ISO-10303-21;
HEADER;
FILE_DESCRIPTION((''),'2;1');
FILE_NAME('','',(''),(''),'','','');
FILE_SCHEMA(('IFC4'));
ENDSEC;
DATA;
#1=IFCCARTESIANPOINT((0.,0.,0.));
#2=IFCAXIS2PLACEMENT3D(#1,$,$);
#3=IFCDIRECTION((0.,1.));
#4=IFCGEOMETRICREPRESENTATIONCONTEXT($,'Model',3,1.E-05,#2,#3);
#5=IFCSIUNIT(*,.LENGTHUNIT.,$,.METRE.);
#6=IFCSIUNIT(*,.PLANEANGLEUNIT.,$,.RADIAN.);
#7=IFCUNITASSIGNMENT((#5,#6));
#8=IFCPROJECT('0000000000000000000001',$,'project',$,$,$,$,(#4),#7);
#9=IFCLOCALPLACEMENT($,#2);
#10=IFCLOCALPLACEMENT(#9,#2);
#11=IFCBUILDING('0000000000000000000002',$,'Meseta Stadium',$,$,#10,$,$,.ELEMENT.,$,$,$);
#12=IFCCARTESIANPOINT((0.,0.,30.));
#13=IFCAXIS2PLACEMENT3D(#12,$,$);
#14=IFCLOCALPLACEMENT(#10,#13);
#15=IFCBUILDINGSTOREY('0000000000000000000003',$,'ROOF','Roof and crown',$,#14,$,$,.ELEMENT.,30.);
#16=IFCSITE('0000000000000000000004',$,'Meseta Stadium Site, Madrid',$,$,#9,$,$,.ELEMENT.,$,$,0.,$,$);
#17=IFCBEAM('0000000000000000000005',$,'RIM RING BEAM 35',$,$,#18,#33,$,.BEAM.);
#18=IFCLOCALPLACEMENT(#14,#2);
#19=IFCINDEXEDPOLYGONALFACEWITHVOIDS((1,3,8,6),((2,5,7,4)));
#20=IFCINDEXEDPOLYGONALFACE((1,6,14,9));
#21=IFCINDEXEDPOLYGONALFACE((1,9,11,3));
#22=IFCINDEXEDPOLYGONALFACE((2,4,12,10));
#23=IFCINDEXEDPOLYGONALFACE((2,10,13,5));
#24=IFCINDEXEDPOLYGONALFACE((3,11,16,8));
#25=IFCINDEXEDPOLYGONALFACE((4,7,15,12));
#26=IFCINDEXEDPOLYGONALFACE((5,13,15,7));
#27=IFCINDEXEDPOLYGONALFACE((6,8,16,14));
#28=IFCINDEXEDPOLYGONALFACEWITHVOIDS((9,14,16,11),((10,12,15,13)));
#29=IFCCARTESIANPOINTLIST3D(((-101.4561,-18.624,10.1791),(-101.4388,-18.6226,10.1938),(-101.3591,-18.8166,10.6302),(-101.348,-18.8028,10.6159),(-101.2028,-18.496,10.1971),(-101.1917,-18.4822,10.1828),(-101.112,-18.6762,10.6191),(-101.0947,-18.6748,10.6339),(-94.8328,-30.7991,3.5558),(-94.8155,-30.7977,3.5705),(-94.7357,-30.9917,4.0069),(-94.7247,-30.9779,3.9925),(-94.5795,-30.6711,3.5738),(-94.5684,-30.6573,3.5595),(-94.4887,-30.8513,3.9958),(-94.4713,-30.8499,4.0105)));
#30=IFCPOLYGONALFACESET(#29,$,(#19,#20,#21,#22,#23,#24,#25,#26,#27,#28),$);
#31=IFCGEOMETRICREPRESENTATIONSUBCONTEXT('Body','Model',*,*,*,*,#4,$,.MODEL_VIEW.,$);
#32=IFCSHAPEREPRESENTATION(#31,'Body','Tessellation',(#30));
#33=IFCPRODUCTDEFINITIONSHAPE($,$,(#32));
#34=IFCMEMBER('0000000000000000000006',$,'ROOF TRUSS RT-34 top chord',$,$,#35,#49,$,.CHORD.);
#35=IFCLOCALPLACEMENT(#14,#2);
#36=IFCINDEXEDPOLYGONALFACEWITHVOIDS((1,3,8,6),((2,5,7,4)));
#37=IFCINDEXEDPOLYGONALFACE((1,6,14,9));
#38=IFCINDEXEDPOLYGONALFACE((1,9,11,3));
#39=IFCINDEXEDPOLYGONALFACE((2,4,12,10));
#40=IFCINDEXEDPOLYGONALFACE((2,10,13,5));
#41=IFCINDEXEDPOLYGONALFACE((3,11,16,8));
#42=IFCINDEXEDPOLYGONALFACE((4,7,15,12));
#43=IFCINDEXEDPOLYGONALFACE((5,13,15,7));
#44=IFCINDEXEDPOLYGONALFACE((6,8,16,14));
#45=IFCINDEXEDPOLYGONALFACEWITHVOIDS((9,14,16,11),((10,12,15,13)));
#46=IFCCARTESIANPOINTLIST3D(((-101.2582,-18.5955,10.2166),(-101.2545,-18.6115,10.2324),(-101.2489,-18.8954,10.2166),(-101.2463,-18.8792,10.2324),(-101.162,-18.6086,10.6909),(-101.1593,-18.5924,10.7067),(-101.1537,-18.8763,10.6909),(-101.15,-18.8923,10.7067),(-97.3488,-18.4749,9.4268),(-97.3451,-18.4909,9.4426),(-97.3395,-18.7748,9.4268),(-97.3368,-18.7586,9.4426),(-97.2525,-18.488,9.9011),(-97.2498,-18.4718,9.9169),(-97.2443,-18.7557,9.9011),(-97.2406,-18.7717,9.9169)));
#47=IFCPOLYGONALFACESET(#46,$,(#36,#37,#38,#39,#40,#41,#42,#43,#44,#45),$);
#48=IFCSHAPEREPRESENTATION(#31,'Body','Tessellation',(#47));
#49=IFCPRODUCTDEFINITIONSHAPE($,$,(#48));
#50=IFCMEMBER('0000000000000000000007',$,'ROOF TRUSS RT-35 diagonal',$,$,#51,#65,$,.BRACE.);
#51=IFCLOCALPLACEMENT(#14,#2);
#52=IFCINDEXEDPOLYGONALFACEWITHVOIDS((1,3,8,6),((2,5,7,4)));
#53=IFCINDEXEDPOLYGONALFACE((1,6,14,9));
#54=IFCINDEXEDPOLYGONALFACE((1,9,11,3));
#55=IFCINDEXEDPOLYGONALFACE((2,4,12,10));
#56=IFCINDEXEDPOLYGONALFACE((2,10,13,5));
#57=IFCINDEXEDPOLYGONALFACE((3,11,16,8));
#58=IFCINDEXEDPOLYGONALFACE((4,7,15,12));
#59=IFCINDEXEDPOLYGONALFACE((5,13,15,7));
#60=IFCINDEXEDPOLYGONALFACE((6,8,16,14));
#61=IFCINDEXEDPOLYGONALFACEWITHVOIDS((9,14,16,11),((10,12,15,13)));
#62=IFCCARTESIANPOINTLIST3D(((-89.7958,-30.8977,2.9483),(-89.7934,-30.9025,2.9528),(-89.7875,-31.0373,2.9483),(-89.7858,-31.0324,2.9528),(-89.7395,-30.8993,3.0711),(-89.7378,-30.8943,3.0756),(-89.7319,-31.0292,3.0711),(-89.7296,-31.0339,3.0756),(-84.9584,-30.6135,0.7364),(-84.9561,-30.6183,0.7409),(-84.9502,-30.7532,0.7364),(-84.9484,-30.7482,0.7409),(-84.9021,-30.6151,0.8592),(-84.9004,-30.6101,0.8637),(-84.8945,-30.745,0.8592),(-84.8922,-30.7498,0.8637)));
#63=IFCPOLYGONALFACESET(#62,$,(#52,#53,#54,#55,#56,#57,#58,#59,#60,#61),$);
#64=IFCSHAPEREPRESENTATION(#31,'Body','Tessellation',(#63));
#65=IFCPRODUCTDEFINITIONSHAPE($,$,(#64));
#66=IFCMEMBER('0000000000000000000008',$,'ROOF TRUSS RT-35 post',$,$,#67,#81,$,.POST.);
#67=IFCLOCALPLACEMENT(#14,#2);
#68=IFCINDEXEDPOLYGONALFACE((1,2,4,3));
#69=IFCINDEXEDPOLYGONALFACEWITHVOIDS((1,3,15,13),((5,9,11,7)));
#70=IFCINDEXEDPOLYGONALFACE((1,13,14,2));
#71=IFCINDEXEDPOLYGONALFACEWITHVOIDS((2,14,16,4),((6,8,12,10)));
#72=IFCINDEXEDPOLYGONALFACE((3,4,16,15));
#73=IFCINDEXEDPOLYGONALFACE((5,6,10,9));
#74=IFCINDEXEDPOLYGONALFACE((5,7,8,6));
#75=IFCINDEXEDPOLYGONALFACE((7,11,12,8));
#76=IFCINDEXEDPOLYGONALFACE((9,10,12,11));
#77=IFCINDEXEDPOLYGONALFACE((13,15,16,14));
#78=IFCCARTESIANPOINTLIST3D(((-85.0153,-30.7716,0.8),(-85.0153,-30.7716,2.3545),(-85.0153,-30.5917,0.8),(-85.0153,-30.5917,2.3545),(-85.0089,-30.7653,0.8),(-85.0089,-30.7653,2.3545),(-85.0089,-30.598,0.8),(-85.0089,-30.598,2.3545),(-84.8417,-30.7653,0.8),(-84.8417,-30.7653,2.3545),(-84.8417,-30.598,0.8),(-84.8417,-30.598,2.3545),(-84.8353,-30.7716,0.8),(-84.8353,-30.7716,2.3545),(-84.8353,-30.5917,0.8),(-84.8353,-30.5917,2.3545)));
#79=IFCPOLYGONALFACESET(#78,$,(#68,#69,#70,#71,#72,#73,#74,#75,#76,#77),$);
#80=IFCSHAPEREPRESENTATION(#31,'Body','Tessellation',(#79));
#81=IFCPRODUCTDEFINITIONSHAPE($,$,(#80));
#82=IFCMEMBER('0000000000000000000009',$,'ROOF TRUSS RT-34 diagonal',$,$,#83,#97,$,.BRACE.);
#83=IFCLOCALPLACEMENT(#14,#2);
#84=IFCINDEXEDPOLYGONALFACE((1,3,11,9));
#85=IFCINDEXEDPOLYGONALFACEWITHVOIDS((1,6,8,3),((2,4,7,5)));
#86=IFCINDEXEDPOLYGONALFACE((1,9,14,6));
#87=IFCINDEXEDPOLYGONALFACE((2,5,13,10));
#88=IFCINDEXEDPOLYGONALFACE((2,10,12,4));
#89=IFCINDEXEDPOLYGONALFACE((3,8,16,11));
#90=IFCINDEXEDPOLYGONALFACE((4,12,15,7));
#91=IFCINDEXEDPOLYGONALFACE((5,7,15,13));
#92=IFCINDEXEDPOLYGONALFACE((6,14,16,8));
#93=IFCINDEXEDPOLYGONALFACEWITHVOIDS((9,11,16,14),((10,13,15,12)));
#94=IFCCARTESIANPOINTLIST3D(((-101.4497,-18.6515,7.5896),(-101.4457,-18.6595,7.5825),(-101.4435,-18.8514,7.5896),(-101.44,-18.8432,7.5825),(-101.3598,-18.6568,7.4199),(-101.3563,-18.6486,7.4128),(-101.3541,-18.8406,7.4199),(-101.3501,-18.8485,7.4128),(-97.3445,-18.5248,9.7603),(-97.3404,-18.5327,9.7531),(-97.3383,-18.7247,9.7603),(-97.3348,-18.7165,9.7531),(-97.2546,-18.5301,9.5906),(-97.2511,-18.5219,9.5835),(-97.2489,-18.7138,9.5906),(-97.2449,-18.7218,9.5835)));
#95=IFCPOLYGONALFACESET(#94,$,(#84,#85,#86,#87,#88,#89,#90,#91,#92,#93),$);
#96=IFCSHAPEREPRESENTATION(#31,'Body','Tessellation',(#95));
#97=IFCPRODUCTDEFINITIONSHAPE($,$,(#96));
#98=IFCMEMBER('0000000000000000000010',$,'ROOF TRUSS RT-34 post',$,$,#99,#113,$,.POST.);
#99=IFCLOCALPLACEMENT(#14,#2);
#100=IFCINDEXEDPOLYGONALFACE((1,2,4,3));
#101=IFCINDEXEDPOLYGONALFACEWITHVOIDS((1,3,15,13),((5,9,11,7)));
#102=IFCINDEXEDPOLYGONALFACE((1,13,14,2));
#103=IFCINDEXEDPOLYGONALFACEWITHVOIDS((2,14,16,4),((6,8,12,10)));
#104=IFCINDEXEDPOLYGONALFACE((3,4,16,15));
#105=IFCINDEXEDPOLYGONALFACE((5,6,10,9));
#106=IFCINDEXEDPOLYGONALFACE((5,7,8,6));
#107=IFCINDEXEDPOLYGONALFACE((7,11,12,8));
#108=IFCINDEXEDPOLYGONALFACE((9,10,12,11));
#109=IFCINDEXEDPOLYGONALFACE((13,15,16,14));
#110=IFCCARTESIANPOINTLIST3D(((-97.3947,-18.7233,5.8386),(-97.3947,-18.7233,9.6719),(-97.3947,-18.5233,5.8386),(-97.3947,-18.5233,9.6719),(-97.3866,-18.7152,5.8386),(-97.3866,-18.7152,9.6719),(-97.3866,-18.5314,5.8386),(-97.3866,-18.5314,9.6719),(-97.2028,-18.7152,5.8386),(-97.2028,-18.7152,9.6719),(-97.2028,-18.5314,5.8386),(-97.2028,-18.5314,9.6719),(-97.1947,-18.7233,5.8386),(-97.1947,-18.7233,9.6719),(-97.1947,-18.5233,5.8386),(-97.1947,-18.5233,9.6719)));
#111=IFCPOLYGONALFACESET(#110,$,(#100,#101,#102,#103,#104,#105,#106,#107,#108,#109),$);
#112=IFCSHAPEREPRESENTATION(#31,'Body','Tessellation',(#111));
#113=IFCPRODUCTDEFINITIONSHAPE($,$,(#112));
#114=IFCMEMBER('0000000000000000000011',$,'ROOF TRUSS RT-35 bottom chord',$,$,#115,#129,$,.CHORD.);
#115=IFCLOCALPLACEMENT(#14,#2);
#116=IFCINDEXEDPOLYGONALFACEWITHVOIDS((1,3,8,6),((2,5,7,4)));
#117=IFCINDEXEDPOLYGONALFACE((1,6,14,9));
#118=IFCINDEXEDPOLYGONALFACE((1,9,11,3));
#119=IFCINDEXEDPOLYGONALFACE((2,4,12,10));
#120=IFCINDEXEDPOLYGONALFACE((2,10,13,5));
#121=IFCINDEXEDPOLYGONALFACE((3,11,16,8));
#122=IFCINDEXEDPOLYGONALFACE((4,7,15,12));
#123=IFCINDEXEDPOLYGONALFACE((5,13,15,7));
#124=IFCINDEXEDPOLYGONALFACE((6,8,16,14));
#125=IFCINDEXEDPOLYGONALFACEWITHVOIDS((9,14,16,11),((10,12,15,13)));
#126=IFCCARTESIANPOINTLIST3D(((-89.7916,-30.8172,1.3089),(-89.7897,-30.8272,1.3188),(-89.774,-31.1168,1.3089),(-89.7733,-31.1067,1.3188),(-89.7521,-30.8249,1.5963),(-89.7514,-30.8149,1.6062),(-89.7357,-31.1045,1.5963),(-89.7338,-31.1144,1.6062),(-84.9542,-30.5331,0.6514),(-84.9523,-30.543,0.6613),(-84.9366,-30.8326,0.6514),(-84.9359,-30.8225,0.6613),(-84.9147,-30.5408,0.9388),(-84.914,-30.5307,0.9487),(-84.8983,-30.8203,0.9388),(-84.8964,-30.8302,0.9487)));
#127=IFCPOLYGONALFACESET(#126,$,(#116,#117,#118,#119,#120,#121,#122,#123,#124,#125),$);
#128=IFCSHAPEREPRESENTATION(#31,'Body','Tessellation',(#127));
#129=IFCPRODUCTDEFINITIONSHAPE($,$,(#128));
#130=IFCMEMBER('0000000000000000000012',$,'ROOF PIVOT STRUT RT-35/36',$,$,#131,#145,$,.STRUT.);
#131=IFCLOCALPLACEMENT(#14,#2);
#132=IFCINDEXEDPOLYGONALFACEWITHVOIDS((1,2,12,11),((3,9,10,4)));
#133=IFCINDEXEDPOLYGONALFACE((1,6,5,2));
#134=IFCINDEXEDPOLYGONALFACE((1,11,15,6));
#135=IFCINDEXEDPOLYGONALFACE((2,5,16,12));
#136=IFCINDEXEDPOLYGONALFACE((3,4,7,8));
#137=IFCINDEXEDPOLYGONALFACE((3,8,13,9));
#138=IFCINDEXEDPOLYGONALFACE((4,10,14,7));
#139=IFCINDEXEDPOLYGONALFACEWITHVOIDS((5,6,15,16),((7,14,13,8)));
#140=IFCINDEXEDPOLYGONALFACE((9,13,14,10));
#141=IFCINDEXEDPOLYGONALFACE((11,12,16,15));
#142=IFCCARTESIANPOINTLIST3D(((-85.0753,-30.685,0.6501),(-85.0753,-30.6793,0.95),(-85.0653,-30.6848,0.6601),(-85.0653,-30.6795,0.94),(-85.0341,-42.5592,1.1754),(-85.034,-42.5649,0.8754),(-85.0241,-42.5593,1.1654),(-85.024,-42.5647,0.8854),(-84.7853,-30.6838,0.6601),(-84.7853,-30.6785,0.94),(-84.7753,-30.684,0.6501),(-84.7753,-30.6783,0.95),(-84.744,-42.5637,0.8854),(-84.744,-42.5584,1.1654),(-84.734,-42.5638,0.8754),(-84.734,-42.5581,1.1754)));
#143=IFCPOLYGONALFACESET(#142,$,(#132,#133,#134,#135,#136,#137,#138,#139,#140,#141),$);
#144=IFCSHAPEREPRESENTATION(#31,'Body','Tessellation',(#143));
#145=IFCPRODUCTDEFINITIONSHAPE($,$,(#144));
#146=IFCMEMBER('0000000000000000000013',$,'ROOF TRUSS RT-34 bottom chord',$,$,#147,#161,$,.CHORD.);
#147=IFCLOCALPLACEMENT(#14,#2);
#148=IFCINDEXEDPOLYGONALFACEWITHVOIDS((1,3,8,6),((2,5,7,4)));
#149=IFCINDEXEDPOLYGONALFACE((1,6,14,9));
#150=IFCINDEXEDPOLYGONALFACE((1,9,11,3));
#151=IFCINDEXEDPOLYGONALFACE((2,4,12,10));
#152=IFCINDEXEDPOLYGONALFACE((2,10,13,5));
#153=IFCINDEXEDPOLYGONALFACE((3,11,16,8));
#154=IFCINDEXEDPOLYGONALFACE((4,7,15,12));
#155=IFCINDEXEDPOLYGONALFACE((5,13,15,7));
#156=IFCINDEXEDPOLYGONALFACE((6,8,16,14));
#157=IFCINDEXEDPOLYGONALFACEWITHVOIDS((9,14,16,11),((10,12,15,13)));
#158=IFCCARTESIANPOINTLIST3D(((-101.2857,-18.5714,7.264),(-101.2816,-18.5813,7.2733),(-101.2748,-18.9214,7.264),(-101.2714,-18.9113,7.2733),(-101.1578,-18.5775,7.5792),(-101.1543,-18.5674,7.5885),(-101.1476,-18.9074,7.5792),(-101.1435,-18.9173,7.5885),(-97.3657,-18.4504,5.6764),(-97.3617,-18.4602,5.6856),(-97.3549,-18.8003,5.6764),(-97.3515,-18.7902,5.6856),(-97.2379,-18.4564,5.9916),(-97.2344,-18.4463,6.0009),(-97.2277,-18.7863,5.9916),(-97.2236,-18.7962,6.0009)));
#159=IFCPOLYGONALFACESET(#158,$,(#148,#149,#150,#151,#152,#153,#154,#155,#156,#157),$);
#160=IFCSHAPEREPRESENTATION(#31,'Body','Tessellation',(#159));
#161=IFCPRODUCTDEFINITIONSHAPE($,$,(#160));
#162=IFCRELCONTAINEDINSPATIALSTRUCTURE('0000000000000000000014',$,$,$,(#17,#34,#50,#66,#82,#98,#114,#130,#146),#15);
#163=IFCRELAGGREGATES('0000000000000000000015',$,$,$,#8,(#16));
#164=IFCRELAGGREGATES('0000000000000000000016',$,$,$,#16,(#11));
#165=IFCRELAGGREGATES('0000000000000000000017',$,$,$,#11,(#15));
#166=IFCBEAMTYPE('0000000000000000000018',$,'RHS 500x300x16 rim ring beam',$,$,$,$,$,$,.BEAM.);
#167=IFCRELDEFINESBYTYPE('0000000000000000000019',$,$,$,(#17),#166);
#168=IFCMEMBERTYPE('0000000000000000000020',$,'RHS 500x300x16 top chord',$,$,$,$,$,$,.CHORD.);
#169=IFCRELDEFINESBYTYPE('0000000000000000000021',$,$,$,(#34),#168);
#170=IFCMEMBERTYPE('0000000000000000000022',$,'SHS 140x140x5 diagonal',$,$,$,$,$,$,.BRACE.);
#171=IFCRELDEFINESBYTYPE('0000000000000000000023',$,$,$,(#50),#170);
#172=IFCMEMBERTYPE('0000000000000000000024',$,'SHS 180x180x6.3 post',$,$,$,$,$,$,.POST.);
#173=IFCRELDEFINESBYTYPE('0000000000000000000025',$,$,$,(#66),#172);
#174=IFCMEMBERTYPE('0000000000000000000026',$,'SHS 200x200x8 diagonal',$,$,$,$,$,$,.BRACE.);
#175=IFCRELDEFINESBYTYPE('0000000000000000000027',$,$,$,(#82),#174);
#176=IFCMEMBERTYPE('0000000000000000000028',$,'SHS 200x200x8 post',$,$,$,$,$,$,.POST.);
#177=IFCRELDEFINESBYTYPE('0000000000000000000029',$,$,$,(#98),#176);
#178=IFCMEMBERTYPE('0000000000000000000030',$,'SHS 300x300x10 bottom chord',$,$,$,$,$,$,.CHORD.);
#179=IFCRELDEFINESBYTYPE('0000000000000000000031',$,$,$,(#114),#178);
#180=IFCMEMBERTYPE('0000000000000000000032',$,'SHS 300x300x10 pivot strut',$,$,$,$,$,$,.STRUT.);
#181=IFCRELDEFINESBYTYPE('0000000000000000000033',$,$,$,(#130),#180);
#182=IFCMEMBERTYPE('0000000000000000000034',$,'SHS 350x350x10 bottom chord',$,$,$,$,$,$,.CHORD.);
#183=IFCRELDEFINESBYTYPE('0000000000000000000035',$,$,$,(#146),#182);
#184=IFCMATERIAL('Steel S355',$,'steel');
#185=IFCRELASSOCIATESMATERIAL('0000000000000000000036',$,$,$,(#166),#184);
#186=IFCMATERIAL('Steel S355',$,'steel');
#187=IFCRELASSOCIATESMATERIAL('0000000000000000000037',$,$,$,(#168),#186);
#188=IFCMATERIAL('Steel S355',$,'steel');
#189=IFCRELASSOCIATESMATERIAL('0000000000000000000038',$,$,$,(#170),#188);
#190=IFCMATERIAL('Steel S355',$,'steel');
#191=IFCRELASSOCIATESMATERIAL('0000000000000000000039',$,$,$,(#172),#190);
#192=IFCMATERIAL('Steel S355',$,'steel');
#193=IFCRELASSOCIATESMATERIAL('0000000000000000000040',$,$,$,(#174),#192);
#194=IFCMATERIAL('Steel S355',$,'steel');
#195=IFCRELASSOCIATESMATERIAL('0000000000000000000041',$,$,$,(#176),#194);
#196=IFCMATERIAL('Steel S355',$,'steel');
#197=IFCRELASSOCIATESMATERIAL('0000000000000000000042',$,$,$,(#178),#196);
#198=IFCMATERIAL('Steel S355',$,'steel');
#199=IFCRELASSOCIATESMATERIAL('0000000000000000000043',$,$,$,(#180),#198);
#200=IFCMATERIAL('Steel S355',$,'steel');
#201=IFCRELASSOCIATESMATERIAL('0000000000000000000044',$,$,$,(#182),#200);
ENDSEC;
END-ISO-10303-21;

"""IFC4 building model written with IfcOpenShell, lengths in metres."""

from ifc_helpers import new_model, si_unit, direction, frame, origin, origin_2d, place, context, subcontext, project, spatial, hollow_rectangle, extrude, material, material_profile, profile_set, type_object, element, save


model = new_model("IFC4")

# Units and contexts
model_context = context("Model", 3, precision=1e-05, world=origin(), true_north=direction((0.0, 1.0)))
body_context = subcontext(model_context, "Body", "Model", "MODEL_VIEW")
ifc_project = project(units=[si_unit("LENGTHUNIT", "METRE"), si_unit("PLANEANGLEUNIT", "RADIAN")], contexts=[model_context])

# Site, building, storey
site_placement = place(None, origin())
site = spatial("IfcSite", under=ifc_project, at=site_placement, Name="Meseta Stadium Site, Madrid", CompositionType="ELEMENT", RefElevation=0.0)
building_placement = place(site_placement, origin())
building = spatial("IfcBuilding", under=site, at=building_placement, Name="Meseta Stadium", CompositionType="ELEMENT")
storey_placement = place(building_placement, frame((0.0, 0.0, 30.0)))
storey = spatial("IfcBuildingStorey", under=building, at=storey_placement, Name="ROOF", Description="Roof and crown", CompositionType="ELEMENT", Elevation=30.0)

# Beam
ifc_material_1 = material(Name="Steel S355", Category="steel")
ifc_material_profile_1 = material_profile(ifc_material_1, hollow_rectangle(XDim=0.3, YDim=0.5, WallThickness=0.0161, at=origin_2d()), Name="RHS 500x300x16")
ifc_profile_set_1 = profile_set([ifc_material_profile_1], Name="Steel S355")
beam_type = type_object("IfcBeamType", Name="RHS 500x300x16 rim ring beam", PredefinedType="BEAM", material=ifc_profile_set_1)
beam_placement = place(storey_placement, frame((-101.2754, -18.6494, 10.4065), z_axis=(0.431169, -0.792582, -0.431169), x_axis=(0.881143, 0.472691, 0.012234)))
element("IfcBeam", 1, at=beam_placement, inside=storey, type_object=beam_type, Name="RIM RING BEAM 35", PredefinedType="BEAM", context=body_context, shape_type="SweptSolid", body=[
    extrude(hollow_rectangle(XDim=0.3, YDim=0.5, WallThickness=0.0161, at=origin_2d()), origin(), (0.0, 0.0, 1.0), 15.3613),
])

# Members
ifc_material_2 = material(Name="Steel S355", Category="steel")
ifc_material_profile_2 = material_profile(ifc_material_2, hollow_rectangle(XDim=0.3, YDim=0.5, WallThickness=0.0161, at=origin_2d()), Name="RHS 500x300x16")
ifc_profile_set_2 = profile_set([ifc_material_profile_2], Name="Steel S355")
member_type_1 = type_object("IfcMemberType", Name="RHS 500x300x16 top chord", PredefinedType="CHORD", material=ifc_profile_set_2)
member_1_placement = place(storey_placement, frame((-97.2947, -18.6233, 9.6719), z_axis=(-0.97975, -0.030225, 0.197932), x_axis=(0.030835, -0.999524, 0.0)))
element("IfcMember", 2, at=member_1_placement, inside=storey, type_object=member_type_1, Name="ROOF TRUSS RT-34 top chord", PredefinedType="CHORD", context=body_context, shape_type="SweptSolid", body=[
    extrude(hollow_rectangle(XDim=0.3, YDim=0.5, WallThickness=0.0161, at=origin_2d()), origin(), (0.0, 0.0, 1.0), 3.9902),
])
ifc_material_3 = material(Name="Steel S355", Category="steel")
ifc_material_profile_3 = material_profile(ifc_material_3, hollow_rectangle(XDim=0.1399, YDim=0.1399, WallThickness=0.0049, at=origin_2d()), Name="SHS 140x140x5")
ifc_profile_set_3 = profile_set([ifc_material_profile_3], Name="Steel S355")
member_type_2 = type_object("IfcMemberType", Name="SHS 140x140x5 diagonal", PredefinedType="BRACE", material=ifc_profile_set_3)
member_2_placement = place(storey_placement, frame((-84.9253, -30.6816, 0.8), z_axis=(-0.908142, -0.05335, 0.41525), x_axis=(0.058645, -0.998279, 0.0)))
element("IfcMember", 3, at=member_2_placement, inside=storey, type_object=member_type_2, Name="ROOF TRUSS RT-35 diagonal", PredefinedType="BRACE", context=body_context, shape_type="SweptSolid", body=[
    extrude(hollow_rectangle(XDim=0.1399, YDim=0.1399, WallThickness=0.0049, at=origin_2d()), origin(), (0.0, 0.0, 1.0), 5.3267),
])
ifc_material_4 = material(Name="Steel S355", Category="steel")
ifc_material_profile_4 = material_profile(ifc_material_4, hollow_rectangle(XDim=0.1799, YDim=0.1799, WallThickness=0.0063, at=origin_2d()), Name="SHS 180x180x6.3")
ifc_profile_set_4 = profile_set([ifc_material_profile_4], Name="Steel S355")
member_type_3 = type_object("IfcMemberType", Name="SHS 180x180x6.3 post", PredefinedType="POST", material=ifc_profile_set_4)
member_3_placement = place(storey_placement, frame((-84.9253, -30.6816, 0.8), z_axis=(0.0, 0.0, 1.0), x_axis=(1.0, 0.0, 0.0)))
element("IfcMember", 4, at=member_3_placement, inside=storey, type_object=member_type_3, Name="ROOF TRUSS RT-35 post", PredefinedType="POST", context=body_context, shape_type="SweptSolid", body=[
    extrude(hollow_rectangle(XDim=0.1799, YDim=0.1799, WallThickness=0.0063, at=origin_2d()), origin(), (0.0, 0.0, 1.0), 1.5544),
])
ifc_material_5 = material(Name="Steel S355", Category="steel")
ifc_material_profile_5 = material_profile(ifc_material_5, hollow_rectangle(XDim=0.2, YDim=0.2, WallThickness=0.0081, at=origin_2d()), Name="SHS 200x200x8")
ifc_profile_set_5 = profile_set([ifc_material_profile_5], Name="Steel S355")
member_type_4 = type_object("IfcMemberType", Name="SHS 200x200x8 diagonal", PredefinedType="BRACE", material=ifc_profile_set_5)
member_4_placement = place(storey_placement, frame((-97.2947, -18.6233, 9.6719), z_axis=(-0.883699, -0.027276, -0.46726), x_axis=(0.030851, -0.999524, 0.0)))
element("IfcMember", 5, at=member_4_placement, inside=storey, type_object=member_type_4, Name="ROOF TRUSS RT-34 diagonal", PredefinedType="BRACE", context=body_context, shape_type="SweptSolid", body=[
    extrude(hollow_rectangle(XDim=0.2, YDim=0.2, WallThickness=0.0081, at=origin_2d()), origin(), (0.0, 0.0, 1.0), 4.6455),
])
ifc_material_6 = material(Name="Steel S355", Category="steel")
ifc_material_profile_6 = material_profile(ifc_material_6, hollow_rectangle(XDim=0.2, YDim=0.2, WallThickness=0.0081, at=origin_2d()), Name="SHS 200x200x8")
ifc_profile_set_6 = profile_set([ifc_material_profile_6], Name="Steel S355")
member_type_5 = type_object("IfcMemberType", Name="SHS 200x200x8 post", PredefinedType="POST", material=ifc_profile_set_6)
member_5_placement = place(storey_placement, frame((-97.2947, -18.6233, 5.8386), z_axis=(0.0, 0.0, 1.0), x_axis=(1.0, 0.0, 0.0)))
element("IfcMember", 6, at=member_5_placement, inside=storey, type_object=member_type_5, Name="ROOF TRUSS RT-34 post", PredefinedType="POST", context=body_context, shape_type="SweptSolid", body=[
    extrude(hollow_rectangle(XDim=0.2, YDim=0.2, WallThickness=0.0081, at=origin_2d()), origin(), (0.0, 0.0, 1.0), 3.8333),
])
ifc_material_7 = material(Name="Steel S355", Category="steel")
ifc_material_profile_7 = material_profile(ifc_material_7, hollow_rectangle(XDim=0.3, YDim=0.3, WallThickness=0.01, at=origin_2d()), Name="SHS 300x300x10")
ifc_profile_set_7 = profile_set([ifc_material_profile_7], Name="Steel S355")
member_type_6 = type_object("IfcMemberType", Name="SHS 300x300x10 bottom chord", PredefinedType="CHORD", material=ifc_profile_set_7)
member_6_placement = place(storey_placement, frame((-84.9253, -30.6816, 0.8), z_axis=(-0.989215, -0.058113, 0.134448), x_axis=(0.058645, -0.998279, 0.0)))
element("IfcMember", 7, at=member_6_placement, inside=storey, type_object=member_type_6, Name="ROOF TRUSS RT-35 bottom chord", PredefinedType="CHORD", context=body_context, shape_type="SweptSolid", body=[
    extrude(hollow_rectangle(XDim=0.3, YDim=0.3, WallThickness=0.01, at=origin_2d()), origin(), (0.0, 0.0, 1.0), 4.8901),
])
ifc_material_8 = material(Name="Steel S355", Category="steel")
ifc_material_profile_8 = material_profile(ifc_material_8, hollow_rectangle(XDim=0.3, YDim=0.3, WallThickness=0.01, at=origin_2d()), Name="SHS 300x300x10")
ifc_profile_set_8 = profile_set([ifc_material_profile_8], Name="Steel S355")
member_type_7 = type_object("IfcMemberType", Name="SHS 300x300x10 pivot strut", PredefinedType="STRUT", material=ifc_profile_set_8)
member_7_placement = place(storey_placement, frame((-84.9253, -30.6816, 0.8), z_axis=(0.003472, -0.999814, 0.018965), x_axis=(0.999994, 0.003473, 0.0)))
element("IfcMember", 8, at=member_7_placement, inside=storey, type_object=member_type_7, Name="ROOF PIVOT STRUT RT-35/36", PredefinedType="STRUT", context=body_context, shape_type="SweptSolid", body=[
    extrude(hollow_rectangle(XDim=0.3, YDim=0.3, WallThickness=0.01, at=origin_2d()), origin(), (0.0, 0.0, 1.0), 11.8821),
])
ifc_material_9 = material(Name="Steel S355", Category="steel")
ifc_material_profile_9 = material_profile(ifc_material_9, hollow_rectangle(XDim=0.3501, YDim=0.3501, WallThickness=0.01, at=origin_2d()), Name="SHS 350x350x10")
ifc_profile_set_9 = profile_set([ifc_material_profile_9], Name="Steel S355")
member_type_8 = type_object("IfcMemberType", Name="SHS 350x350x10 bottom chord", PredefinedType="CHORD", material=ifc_profile_set_9)
member_8_placement = place(storey_placement, frame((-97.2947, -18.6233, 5.8386), z_axis=(-0.926484, -0.028621, 0.375244), x_axis=(0.030877, -0.999523, 0.0)))
element("IfcMember", 9, at=member_8_placement, inside=storey, type_object=member_type_8, Name="ROOF TRUSS RT-34 bottom chord", PredefinedType="CHORD", context=body_context, shape_type="SweptSolid", body=[
    extrude(hollow_rectangle(XDim=0.3501, YDim=0.3501, WallThickness=0.01, at=origin_2d()), origin(), (0.0, 0.0, 1.0), 4.231),
])

save(model, "model.ifc")
